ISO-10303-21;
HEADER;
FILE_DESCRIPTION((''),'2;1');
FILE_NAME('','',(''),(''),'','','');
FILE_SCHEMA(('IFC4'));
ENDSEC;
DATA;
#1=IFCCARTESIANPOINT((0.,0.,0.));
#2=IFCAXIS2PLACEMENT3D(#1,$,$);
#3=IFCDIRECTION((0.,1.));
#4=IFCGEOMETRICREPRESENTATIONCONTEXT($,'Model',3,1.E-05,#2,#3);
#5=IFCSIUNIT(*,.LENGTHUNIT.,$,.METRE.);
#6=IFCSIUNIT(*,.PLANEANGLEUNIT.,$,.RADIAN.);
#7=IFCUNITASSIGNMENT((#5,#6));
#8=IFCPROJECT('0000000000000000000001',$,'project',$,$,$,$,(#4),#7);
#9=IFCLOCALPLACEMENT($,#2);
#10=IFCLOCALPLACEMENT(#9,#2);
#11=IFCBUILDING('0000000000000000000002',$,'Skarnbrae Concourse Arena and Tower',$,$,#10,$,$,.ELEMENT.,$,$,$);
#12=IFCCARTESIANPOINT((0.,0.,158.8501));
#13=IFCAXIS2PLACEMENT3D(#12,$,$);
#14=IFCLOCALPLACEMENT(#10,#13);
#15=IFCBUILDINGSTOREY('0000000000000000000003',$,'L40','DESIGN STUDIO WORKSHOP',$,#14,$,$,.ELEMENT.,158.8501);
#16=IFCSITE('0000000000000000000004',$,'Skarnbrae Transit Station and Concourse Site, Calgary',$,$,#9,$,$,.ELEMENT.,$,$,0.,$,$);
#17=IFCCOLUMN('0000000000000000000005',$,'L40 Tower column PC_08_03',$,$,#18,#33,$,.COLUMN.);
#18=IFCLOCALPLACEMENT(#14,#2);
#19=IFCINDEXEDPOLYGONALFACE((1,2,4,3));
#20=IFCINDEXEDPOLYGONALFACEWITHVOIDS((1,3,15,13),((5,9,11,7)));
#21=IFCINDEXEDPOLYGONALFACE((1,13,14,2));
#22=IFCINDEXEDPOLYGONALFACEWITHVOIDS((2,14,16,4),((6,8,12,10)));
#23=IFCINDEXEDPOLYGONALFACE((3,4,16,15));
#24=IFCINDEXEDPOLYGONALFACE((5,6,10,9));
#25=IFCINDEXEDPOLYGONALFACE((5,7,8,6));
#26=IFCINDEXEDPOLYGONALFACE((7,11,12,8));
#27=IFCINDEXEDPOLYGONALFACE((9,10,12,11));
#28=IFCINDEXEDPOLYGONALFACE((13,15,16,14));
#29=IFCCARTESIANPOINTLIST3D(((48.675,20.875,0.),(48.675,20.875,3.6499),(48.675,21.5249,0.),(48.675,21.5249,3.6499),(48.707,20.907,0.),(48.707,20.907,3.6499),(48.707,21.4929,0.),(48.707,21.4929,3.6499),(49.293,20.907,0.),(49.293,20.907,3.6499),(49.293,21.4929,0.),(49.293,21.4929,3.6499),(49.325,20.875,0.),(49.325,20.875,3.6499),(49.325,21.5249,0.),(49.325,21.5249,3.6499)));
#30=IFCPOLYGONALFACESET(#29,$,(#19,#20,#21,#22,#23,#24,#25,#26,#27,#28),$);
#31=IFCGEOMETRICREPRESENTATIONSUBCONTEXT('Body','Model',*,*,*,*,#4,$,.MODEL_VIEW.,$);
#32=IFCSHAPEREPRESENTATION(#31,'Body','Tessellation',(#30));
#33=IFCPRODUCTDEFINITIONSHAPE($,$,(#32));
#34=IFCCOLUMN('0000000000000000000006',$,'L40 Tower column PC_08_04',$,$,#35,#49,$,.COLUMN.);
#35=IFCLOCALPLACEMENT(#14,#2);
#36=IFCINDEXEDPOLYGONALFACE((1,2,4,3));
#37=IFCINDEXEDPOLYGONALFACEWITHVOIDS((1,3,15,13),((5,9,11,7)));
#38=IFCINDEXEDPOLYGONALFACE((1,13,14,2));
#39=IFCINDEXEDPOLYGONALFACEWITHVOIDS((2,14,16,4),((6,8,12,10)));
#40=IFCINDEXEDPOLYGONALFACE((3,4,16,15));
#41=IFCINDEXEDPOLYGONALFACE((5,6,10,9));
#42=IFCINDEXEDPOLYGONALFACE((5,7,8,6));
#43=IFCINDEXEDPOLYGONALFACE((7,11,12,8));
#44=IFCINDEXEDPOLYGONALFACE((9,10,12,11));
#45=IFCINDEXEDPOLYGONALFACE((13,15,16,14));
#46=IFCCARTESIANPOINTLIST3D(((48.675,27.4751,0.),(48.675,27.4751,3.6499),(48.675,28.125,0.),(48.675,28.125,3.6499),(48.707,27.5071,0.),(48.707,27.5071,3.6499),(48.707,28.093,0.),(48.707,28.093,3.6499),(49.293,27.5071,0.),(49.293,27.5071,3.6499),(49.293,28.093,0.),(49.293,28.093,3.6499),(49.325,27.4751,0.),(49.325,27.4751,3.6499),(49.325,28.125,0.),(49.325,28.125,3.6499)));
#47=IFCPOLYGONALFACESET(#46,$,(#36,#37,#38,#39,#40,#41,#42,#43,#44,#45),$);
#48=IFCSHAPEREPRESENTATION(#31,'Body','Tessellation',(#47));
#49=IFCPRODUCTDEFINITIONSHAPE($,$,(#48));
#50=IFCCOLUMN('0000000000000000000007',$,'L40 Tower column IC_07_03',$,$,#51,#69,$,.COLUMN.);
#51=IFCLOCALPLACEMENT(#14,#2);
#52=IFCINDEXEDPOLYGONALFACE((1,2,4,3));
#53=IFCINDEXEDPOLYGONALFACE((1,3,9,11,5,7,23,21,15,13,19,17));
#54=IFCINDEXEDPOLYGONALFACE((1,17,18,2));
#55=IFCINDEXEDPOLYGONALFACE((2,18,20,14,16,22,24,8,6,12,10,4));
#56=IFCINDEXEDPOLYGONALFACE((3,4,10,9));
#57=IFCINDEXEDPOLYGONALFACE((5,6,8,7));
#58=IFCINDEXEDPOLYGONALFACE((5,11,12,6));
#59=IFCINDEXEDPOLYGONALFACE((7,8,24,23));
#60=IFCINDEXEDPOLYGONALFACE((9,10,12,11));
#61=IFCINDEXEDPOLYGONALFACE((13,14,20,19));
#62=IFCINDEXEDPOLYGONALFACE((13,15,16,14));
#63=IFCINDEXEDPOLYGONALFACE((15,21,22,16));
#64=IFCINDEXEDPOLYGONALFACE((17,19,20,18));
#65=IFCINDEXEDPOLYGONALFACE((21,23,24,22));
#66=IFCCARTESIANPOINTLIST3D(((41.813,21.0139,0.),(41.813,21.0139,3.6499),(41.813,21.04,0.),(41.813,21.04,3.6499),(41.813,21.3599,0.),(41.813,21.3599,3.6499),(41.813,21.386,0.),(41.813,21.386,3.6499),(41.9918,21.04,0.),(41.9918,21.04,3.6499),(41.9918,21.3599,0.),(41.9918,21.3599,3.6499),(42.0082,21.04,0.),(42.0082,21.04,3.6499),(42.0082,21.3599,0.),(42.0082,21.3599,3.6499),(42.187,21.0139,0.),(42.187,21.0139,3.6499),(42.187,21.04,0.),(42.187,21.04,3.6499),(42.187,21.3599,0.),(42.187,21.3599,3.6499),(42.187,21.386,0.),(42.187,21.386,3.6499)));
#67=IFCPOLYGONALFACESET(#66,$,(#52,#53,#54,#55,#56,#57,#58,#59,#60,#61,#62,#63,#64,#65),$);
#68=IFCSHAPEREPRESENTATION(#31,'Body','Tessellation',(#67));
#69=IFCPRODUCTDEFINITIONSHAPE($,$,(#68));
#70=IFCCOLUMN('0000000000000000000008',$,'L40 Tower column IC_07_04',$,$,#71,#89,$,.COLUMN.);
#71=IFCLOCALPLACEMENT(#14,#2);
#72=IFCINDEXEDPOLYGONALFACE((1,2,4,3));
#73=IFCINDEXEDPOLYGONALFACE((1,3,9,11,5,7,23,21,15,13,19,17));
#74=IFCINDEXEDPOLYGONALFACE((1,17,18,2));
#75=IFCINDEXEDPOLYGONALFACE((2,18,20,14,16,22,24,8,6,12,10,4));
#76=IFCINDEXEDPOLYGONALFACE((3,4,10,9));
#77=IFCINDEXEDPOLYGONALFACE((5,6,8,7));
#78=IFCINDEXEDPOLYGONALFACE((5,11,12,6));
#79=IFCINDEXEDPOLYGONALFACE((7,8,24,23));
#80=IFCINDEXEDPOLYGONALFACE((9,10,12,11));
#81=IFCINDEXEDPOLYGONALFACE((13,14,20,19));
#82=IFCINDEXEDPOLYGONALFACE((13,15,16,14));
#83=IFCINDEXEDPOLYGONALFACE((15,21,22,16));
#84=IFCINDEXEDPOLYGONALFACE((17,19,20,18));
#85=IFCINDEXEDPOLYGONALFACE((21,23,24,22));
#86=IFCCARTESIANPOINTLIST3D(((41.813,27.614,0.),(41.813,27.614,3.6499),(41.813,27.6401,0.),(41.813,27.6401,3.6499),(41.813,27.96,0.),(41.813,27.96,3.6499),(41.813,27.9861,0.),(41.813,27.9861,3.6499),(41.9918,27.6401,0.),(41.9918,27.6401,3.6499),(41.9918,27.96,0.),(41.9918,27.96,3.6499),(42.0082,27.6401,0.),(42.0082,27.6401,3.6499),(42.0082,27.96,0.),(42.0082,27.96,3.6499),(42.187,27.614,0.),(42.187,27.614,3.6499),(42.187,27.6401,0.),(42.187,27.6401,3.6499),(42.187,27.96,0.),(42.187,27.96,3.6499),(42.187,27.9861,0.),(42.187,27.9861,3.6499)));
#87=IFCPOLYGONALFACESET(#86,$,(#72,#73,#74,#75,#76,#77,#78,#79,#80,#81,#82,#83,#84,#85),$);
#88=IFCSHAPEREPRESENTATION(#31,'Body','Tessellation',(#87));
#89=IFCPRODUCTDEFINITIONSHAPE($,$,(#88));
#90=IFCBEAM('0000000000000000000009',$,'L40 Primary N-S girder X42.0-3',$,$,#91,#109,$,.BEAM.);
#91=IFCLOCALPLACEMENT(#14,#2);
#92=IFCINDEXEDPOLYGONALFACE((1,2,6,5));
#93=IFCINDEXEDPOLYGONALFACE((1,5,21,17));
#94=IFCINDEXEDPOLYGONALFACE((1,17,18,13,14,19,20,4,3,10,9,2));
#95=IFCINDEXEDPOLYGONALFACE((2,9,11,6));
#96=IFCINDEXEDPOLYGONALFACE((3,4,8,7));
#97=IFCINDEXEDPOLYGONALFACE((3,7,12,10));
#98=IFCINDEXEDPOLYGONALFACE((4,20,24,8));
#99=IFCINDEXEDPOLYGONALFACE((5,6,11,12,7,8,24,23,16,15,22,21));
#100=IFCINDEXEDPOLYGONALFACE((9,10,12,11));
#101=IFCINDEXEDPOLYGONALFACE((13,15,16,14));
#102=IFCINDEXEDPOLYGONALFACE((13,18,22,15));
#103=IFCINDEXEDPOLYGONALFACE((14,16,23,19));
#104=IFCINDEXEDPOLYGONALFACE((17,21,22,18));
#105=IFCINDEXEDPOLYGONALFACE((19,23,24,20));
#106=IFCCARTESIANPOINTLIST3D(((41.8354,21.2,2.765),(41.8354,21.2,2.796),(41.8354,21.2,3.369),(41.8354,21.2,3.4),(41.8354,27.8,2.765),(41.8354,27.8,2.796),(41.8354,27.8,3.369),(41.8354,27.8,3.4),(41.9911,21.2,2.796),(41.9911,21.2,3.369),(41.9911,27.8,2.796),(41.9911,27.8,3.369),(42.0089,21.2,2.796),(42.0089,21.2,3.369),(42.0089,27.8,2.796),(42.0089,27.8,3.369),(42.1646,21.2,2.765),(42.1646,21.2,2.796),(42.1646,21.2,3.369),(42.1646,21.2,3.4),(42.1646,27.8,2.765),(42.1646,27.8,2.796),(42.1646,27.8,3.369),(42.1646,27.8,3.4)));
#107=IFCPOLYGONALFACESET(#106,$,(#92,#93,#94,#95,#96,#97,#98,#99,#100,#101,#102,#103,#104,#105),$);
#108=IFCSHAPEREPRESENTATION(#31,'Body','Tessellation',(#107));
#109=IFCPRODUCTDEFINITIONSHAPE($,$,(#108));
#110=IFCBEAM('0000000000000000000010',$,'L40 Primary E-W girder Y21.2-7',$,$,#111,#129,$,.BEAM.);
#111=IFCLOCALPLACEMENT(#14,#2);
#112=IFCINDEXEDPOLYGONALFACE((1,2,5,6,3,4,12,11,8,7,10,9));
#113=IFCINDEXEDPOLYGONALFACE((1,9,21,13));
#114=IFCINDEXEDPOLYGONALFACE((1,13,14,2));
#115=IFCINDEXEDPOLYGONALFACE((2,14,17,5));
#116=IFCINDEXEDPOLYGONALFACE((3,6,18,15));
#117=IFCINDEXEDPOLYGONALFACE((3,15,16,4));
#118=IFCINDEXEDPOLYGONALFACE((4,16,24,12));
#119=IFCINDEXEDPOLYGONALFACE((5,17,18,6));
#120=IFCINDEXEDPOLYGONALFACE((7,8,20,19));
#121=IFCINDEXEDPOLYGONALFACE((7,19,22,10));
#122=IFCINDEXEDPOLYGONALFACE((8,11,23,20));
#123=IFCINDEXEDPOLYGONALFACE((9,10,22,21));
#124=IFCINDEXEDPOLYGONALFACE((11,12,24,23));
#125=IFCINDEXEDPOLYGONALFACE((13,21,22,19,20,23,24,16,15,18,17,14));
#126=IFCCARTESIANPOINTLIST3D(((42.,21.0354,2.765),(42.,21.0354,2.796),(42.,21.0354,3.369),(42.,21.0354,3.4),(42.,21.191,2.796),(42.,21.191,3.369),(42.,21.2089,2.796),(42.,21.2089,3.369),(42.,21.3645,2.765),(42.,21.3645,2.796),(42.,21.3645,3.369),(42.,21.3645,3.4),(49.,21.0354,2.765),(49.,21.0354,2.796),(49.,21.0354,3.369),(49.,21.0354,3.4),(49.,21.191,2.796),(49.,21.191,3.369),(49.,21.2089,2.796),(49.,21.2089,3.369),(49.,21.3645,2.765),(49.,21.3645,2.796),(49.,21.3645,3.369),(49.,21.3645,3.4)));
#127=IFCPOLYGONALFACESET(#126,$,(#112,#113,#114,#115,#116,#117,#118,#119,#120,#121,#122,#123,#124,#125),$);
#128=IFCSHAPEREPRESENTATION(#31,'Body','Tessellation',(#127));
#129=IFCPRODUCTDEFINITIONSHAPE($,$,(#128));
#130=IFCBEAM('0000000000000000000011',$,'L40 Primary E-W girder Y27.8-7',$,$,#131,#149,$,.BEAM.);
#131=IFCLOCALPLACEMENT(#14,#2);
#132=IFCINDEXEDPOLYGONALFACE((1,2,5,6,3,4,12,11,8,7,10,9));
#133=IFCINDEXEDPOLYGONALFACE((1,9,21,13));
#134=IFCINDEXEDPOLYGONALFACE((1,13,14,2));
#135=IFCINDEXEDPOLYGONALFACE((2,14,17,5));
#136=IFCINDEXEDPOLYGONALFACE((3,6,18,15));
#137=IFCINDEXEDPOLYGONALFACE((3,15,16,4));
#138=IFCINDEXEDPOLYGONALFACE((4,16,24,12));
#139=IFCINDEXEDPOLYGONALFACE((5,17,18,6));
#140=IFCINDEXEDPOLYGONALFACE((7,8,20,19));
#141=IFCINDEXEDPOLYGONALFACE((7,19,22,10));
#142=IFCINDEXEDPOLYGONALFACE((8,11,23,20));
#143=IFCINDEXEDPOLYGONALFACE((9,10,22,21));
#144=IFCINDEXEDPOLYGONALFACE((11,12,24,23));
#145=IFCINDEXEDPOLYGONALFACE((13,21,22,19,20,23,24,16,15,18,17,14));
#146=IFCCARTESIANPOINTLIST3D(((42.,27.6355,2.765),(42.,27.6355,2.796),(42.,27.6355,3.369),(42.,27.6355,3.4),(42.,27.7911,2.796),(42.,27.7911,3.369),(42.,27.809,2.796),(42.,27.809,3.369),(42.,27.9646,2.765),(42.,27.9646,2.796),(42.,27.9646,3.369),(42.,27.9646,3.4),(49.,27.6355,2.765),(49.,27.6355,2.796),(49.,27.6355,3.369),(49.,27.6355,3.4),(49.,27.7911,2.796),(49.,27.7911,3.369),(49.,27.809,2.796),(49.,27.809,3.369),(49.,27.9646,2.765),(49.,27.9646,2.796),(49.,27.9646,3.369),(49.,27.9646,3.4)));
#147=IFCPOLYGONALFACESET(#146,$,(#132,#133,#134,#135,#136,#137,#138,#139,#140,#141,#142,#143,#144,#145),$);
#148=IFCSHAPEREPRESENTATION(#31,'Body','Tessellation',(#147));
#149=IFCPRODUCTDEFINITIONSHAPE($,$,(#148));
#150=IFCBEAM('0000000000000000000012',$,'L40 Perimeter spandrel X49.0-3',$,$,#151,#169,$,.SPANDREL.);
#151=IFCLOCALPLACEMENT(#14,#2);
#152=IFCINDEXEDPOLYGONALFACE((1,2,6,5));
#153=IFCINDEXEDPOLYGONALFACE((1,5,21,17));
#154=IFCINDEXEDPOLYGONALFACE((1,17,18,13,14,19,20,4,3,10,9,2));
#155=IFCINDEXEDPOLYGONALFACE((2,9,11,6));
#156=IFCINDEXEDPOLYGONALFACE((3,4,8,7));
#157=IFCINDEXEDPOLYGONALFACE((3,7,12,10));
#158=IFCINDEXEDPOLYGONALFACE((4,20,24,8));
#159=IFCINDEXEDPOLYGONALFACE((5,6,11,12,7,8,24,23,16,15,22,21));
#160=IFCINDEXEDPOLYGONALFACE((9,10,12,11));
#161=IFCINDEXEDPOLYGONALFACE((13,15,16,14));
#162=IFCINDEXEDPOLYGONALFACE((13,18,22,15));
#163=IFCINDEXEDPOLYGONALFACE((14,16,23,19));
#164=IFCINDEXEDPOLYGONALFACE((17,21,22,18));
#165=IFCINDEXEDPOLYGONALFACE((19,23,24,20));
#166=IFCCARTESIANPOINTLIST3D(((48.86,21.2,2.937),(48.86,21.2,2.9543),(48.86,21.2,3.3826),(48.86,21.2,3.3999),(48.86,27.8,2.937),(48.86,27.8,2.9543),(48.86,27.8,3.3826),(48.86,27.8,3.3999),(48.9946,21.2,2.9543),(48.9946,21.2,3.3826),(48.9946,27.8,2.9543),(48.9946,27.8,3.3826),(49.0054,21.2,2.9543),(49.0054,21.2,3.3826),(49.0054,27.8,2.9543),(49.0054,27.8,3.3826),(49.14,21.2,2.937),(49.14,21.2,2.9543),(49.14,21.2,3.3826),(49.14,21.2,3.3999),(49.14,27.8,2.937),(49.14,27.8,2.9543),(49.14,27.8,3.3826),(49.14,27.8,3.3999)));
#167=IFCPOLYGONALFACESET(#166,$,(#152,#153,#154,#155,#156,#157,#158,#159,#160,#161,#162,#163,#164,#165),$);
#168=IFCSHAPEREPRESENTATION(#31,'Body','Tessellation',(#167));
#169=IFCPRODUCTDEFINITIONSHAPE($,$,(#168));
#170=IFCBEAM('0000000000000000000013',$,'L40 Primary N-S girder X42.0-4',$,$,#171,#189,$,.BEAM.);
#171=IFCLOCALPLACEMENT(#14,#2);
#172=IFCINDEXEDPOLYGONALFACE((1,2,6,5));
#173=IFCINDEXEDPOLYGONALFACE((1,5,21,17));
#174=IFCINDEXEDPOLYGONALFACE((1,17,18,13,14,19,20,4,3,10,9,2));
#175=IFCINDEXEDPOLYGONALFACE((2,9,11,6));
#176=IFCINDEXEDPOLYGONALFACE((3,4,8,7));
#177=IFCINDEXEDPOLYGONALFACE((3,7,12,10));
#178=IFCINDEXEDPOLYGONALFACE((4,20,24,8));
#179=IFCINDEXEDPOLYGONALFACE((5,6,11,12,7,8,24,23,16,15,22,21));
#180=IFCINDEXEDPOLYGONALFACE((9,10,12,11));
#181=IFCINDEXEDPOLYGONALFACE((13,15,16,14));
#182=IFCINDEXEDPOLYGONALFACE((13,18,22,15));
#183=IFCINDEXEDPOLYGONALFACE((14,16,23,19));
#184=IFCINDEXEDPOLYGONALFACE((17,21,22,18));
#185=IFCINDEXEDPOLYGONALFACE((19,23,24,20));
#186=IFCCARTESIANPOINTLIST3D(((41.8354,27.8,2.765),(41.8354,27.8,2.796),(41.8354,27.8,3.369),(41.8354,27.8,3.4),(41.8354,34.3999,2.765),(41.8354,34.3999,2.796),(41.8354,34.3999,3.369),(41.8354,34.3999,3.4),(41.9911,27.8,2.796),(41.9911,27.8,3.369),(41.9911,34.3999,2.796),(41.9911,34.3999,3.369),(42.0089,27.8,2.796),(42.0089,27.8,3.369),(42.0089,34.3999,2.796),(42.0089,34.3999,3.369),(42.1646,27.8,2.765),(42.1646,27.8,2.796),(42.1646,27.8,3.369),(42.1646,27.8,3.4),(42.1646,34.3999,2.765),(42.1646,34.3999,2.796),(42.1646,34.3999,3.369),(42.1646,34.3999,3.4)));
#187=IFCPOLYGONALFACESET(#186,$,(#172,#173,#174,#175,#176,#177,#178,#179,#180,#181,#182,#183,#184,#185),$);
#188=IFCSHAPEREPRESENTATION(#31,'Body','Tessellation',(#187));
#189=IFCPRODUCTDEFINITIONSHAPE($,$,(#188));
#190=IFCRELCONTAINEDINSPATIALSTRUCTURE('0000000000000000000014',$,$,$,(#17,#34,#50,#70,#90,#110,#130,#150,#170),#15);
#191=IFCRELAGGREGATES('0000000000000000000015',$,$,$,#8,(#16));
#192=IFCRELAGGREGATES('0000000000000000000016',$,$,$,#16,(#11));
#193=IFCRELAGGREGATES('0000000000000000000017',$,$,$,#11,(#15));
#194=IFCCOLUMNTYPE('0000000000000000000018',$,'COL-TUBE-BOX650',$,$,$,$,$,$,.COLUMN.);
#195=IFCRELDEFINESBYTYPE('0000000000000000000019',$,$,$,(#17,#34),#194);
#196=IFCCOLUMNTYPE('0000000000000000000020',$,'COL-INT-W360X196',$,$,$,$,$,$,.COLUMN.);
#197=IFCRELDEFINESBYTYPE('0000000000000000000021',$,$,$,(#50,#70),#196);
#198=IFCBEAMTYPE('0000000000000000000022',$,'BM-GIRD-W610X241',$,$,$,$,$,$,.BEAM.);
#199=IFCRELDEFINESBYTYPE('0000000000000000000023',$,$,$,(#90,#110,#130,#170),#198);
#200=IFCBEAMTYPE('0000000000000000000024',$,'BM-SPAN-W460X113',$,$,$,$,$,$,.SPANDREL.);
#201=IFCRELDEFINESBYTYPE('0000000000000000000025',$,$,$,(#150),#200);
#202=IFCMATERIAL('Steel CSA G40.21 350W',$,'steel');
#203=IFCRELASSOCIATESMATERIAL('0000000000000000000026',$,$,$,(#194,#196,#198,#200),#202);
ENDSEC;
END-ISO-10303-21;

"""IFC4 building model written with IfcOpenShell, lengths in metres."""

from ifc_helpers import new_model, si_unit, direction, frame, origin, origin_2d, place, context, subcontext, project, spatial, hollow_rectangle, i_section, extrude, source, transform, mapped, material, material_profile, profile_set, type_object, element, save


model = new_model("IFC4")

# Units and contexts
model_context = context("Model", 3, precision=1e-05, world=origin(), true_north=direction((0.0, 1.0)))
body_context = subcontext(model_context, "Body", "Model", "MODEL_VIEW")
ifc_project = project(units=[si_unit("LENGTHUNIT", "METRE"), si_unit("PLANEANGLEUNIT", "RADIAN")], contexts=[model_context])

# Site, building, storey
site_placement = place(None, origin())
site = spatial("IfcSite", under=ifc_project, at=site_placement, Name="Skarnbrae Transit Station and Concourse Site, Calgary", CompositionType="ELEMENT", RefElevation=0.0)
building_placement = place(site_placement, origin())
building = spatial("IfcBuilding", under=site, at=building_placement, Name="Skarnbrae Concourse Arena and Tower", CompositionType="ELEMENT")
storey_placement = place(building_placement, frame((0.0, 0.0, 158.8501)))
storey = spatial("IfcBuildingStorey", under=building, at=storey_placement, Name="L40", Description="DESIGN STUDIO WORKSHOP", CompositionType="ELEMENT", Elevation=158.8501)

# Columns
ifc_material_1 = material(Name="Steel CSA G40.21 350W", Category="steel")
ifc_material_profile_1 = material_profile(ifc_material_1, hollow_rectangle(XDim=0.6499, YDim=0.6499, WallThickness=0.032, at=origin_2d()), Name="BOX650X650X32")
ifc_profile_set_1 = profile_set([ifc_material_profile_1], Name="Steel CSA G40.21 350W")
column_type_1 = type_object("IfcColumnType", Name="COL-TUBE-BOX650", PredefinedType="COLUMN", material=ifc_profile_set_1)
shared_shape_1 = source(origin(), body_context, "Body", "SweptSolid", [
    extrude(hollow_rectangle(XDim=0.6499, YDim=0.6499, WallThickness=0.032, at=origin_2d()), origin(), (0.0, 0.0, 1.0), 3.6499),
])
for number, where, z_axis, x_axis, name in (
    (1, (49.0, 21.2, 0.0), (0.0, 0.0, 1.0), (1.0, 0.0, 0.0), "L40 Tower column PC_08_03"),
    (2, (49.0, 27.8, 0.0), (0.0, 0.0, 1.0), (1.0, 0.0, 0.0), "L40 Tower column PC_08_04"),
):
    element("IfcColumn", number, at=place(storey_placement, frame(where, z_axis=z_axis, x_axis=x_axis)), inside=storey, type_object=column_type_1, Name=name, PredefinedType="COLUMN", context=body_context, shape_type="MappedRepresentation", body=[
        mapped(shared_shape_1, transform((0.0, 0.0, 0.0))),
    ])
ifc_material_profile_2 = material_profile(ifc_material_1, i_section(OverallWidth=0.374, OverallDepth=0.3721, WebThickness=0.0164, FlangeThickness=0.0261, at=origin_2d()), Name="W360X196")
ifc_profile_set_2 = profile_set([ifc_material_profile_2], Name="Steel CSA G40.21 350W")
column_type_2 = type_object("IfcColumnType", Name="COL-INT-W360X196", PredefinedType="COLUMN", material=ifc_profile_set_2)
shared_shape_2 = source(origin(), body_context, "Body", "SweptSolid", [
    extrude(i_section(OverallWidth=0.374, OverallDepth=0.3721, WebThickness=0.0164, FlangeThickness=0.0261, at=origin_2d()), origin(), (0.0, 0.0, 1.0), 3.6499),
])
for number, where, z_axis, x_axis, name in (
    (3, (42.0, 21.2, 0.0), (0.0, 0.0, 1.0), (1.0, 0.0, 0.0), "L40 Tower column IC_07_03"),
    (4, (42.0, 27.8, 0.0), (0.0, 0.0, 1.0), (1.0, 0.0, 0.0), "L40 Tower column IC_07_04"),
):
    element("IfcColumn", number, at=place(storey_placement, frame(where, z_axis=z_axis, x_axis=x_axis)), inside=storey, type_object=column_type_2, Name=name, PredefinedType="COLUMN", context=body_context, shape_type="MappedRepresentation", body=[
        mapped(shared_shape_2, transform((0.0, 0.0, 0.0))),
    ])

# Beams
ifc_material_profile_3 = material_profile(ifc_material_1, i_section(OverallWidth=0.3291, OverallDepth=0.635, WebThickness=0.0178, FlangeThickness=0.031, at=origin_2d()), Name="W610X241")
ifc_profile_set_3 = profile_set([ifc_material_profile_3], Name="Steel CSA G40.21 350W")
beam_type_1 = type_object("IfcBeamType", Name="BM-GIRD-W610X241", PredefinedType="BEAM", material=ifc_profile_set_3)
shared_shape_3 = source(origin(), body_context, "Body", "SweptSolid", [
    extrude(i_section(OverallWidth=0.3291, OverallDepth=0.635, WebThickness=0.0178, FlangeThickness=0.031, at=origin_2d()), origin(), (0.0, 0.0, 1.0), 6.6001),
])
beam_1_placement = place(storey_placement, frame((42.0, 21.2, 3.0825), z_axis=(0.0, 1.0, 0.0), x_axis=(-1.0, 0.0, 0.0)))
element("IfcBeam", 5, at=beam_1_placement, inside=storey, type_object=beam_type_1, Name="L40 Primary N-S girder X42.0-3", PredefinedType="BEAM", context=body_context, shape_type="MappedRepresentation", body=[
    mapped(shared_shape_3, transform((0.0, 0.0, 0.0))),
])
shared_shape_4 = source(origin(), body_context, "Body", "SweptSolid", [
    extrude(i_section(OverallWidth=0.3291, OverallDepth=0.635, WebThickness=0.0178, FlangeThickness=0.031, at=origin_2d()), origin(), (0.0, 0.0, 1.0), 7.0),
])
for number, where, z_axis, x_axis, name in (
    (6, (42.0, 21.2, 3.0825), (1.0, 0.0, 0.0), (0.0, 1.0, 0.0), "L40 Primary E-W girder Y21.2-7"),
    (7, (42.0, 27.8, 3.0825), (1.0, 0.0, 0.0), (0.0, 1.0, 0.0), "L40 Primary E-W girder Y27.8-7"),
):
    element("IfcBeam", number, at=place(storey_placement, frame(where, z_axis=z_axis, x_axis=x_axis)), inside=storey, type_object=beam_type_1, Name=name, PredefinedType="BEAM", context=body_context, shape_type="MappedRepresentation", body=[
        mapped(shared_shape_4, transform((0.0, 0.0, 0.0))),
    ])
ifc_material_profile_4 = material_profile(ifc_material_1, i_section(OverallWidth=0.28, OverallDepth=0.4629, WebThickness=0.0107, FlangeThickness=0.0173, at=origin_2d()), Name="W460X113")
ifc_profile_set_4 = profile_set([ifc_material_profile_4], Name="Steel CSA G40.21 350W")
beam_type_2 = type_object("IfcBeamType", Name="BM-SPAN-W460X113", PredefinedType="SPANDREL", material=ifc_profile_set_4)
shared_shape_5 = source(origin(), body_context, "Body", "SweptSolid", [
    extrude(i_section(OverallWidth=0.28, OverallDepth=0.4629, WebThickness=0.0107, FlangeThickness=0.0173, at=origin_2d()), origin(), (0.0, 0.0, 1.0), 6.6001),
])
beam_2_placement = place(storey_placement, frame((49.0, 21.2, 3.1685), z_axis=(0.0, 1.0, 0.0), x_axis=(-1.0, 0.0, 0.0)))
element("IfcBeam", 8, at=beam_2_placement, inside=storey, type_object=beam_type_2, Name="L40 Perimeter spandrel X49.0-3", PredefinedType="SPANDREL", context=body_context, shape_type="MappedRepresentation", body=[
    mapped(shared_shape_5, transform((0.0, 0.0, 0.0))),
])
shared_shape_6 = source(origin(), body_context, "Body", "SweptSolid", [
    extrude(i_section(OverallWidth=0.3291, OverallDepth=0.635, WebThickness=0.0178, FlangeThickness=0.031, at=origin_2d()), origin(), (0.0, 0.0, 1.0), 6.5999),
])
beam_3_placement = place(storey_placement, frame((42.0, 27.8, 3.0825), z_axis=(0.0, 1.0, 0.0), x_axis=(-1.0, 0.0, 0.0)))
element("IfcBeam", 9, at=beam_3_placement, inside=storey, type_object=beam_type_1, Name="L40 Primary N-S girder X42.0-4", PredefinedType="BEAM", context=body_context, shape_type="MappedRepresentation", body=[
    mapped(shared_shape_6, transform((0.0, 0.0, 0.0))),
])

save(model, "model.ifc")
